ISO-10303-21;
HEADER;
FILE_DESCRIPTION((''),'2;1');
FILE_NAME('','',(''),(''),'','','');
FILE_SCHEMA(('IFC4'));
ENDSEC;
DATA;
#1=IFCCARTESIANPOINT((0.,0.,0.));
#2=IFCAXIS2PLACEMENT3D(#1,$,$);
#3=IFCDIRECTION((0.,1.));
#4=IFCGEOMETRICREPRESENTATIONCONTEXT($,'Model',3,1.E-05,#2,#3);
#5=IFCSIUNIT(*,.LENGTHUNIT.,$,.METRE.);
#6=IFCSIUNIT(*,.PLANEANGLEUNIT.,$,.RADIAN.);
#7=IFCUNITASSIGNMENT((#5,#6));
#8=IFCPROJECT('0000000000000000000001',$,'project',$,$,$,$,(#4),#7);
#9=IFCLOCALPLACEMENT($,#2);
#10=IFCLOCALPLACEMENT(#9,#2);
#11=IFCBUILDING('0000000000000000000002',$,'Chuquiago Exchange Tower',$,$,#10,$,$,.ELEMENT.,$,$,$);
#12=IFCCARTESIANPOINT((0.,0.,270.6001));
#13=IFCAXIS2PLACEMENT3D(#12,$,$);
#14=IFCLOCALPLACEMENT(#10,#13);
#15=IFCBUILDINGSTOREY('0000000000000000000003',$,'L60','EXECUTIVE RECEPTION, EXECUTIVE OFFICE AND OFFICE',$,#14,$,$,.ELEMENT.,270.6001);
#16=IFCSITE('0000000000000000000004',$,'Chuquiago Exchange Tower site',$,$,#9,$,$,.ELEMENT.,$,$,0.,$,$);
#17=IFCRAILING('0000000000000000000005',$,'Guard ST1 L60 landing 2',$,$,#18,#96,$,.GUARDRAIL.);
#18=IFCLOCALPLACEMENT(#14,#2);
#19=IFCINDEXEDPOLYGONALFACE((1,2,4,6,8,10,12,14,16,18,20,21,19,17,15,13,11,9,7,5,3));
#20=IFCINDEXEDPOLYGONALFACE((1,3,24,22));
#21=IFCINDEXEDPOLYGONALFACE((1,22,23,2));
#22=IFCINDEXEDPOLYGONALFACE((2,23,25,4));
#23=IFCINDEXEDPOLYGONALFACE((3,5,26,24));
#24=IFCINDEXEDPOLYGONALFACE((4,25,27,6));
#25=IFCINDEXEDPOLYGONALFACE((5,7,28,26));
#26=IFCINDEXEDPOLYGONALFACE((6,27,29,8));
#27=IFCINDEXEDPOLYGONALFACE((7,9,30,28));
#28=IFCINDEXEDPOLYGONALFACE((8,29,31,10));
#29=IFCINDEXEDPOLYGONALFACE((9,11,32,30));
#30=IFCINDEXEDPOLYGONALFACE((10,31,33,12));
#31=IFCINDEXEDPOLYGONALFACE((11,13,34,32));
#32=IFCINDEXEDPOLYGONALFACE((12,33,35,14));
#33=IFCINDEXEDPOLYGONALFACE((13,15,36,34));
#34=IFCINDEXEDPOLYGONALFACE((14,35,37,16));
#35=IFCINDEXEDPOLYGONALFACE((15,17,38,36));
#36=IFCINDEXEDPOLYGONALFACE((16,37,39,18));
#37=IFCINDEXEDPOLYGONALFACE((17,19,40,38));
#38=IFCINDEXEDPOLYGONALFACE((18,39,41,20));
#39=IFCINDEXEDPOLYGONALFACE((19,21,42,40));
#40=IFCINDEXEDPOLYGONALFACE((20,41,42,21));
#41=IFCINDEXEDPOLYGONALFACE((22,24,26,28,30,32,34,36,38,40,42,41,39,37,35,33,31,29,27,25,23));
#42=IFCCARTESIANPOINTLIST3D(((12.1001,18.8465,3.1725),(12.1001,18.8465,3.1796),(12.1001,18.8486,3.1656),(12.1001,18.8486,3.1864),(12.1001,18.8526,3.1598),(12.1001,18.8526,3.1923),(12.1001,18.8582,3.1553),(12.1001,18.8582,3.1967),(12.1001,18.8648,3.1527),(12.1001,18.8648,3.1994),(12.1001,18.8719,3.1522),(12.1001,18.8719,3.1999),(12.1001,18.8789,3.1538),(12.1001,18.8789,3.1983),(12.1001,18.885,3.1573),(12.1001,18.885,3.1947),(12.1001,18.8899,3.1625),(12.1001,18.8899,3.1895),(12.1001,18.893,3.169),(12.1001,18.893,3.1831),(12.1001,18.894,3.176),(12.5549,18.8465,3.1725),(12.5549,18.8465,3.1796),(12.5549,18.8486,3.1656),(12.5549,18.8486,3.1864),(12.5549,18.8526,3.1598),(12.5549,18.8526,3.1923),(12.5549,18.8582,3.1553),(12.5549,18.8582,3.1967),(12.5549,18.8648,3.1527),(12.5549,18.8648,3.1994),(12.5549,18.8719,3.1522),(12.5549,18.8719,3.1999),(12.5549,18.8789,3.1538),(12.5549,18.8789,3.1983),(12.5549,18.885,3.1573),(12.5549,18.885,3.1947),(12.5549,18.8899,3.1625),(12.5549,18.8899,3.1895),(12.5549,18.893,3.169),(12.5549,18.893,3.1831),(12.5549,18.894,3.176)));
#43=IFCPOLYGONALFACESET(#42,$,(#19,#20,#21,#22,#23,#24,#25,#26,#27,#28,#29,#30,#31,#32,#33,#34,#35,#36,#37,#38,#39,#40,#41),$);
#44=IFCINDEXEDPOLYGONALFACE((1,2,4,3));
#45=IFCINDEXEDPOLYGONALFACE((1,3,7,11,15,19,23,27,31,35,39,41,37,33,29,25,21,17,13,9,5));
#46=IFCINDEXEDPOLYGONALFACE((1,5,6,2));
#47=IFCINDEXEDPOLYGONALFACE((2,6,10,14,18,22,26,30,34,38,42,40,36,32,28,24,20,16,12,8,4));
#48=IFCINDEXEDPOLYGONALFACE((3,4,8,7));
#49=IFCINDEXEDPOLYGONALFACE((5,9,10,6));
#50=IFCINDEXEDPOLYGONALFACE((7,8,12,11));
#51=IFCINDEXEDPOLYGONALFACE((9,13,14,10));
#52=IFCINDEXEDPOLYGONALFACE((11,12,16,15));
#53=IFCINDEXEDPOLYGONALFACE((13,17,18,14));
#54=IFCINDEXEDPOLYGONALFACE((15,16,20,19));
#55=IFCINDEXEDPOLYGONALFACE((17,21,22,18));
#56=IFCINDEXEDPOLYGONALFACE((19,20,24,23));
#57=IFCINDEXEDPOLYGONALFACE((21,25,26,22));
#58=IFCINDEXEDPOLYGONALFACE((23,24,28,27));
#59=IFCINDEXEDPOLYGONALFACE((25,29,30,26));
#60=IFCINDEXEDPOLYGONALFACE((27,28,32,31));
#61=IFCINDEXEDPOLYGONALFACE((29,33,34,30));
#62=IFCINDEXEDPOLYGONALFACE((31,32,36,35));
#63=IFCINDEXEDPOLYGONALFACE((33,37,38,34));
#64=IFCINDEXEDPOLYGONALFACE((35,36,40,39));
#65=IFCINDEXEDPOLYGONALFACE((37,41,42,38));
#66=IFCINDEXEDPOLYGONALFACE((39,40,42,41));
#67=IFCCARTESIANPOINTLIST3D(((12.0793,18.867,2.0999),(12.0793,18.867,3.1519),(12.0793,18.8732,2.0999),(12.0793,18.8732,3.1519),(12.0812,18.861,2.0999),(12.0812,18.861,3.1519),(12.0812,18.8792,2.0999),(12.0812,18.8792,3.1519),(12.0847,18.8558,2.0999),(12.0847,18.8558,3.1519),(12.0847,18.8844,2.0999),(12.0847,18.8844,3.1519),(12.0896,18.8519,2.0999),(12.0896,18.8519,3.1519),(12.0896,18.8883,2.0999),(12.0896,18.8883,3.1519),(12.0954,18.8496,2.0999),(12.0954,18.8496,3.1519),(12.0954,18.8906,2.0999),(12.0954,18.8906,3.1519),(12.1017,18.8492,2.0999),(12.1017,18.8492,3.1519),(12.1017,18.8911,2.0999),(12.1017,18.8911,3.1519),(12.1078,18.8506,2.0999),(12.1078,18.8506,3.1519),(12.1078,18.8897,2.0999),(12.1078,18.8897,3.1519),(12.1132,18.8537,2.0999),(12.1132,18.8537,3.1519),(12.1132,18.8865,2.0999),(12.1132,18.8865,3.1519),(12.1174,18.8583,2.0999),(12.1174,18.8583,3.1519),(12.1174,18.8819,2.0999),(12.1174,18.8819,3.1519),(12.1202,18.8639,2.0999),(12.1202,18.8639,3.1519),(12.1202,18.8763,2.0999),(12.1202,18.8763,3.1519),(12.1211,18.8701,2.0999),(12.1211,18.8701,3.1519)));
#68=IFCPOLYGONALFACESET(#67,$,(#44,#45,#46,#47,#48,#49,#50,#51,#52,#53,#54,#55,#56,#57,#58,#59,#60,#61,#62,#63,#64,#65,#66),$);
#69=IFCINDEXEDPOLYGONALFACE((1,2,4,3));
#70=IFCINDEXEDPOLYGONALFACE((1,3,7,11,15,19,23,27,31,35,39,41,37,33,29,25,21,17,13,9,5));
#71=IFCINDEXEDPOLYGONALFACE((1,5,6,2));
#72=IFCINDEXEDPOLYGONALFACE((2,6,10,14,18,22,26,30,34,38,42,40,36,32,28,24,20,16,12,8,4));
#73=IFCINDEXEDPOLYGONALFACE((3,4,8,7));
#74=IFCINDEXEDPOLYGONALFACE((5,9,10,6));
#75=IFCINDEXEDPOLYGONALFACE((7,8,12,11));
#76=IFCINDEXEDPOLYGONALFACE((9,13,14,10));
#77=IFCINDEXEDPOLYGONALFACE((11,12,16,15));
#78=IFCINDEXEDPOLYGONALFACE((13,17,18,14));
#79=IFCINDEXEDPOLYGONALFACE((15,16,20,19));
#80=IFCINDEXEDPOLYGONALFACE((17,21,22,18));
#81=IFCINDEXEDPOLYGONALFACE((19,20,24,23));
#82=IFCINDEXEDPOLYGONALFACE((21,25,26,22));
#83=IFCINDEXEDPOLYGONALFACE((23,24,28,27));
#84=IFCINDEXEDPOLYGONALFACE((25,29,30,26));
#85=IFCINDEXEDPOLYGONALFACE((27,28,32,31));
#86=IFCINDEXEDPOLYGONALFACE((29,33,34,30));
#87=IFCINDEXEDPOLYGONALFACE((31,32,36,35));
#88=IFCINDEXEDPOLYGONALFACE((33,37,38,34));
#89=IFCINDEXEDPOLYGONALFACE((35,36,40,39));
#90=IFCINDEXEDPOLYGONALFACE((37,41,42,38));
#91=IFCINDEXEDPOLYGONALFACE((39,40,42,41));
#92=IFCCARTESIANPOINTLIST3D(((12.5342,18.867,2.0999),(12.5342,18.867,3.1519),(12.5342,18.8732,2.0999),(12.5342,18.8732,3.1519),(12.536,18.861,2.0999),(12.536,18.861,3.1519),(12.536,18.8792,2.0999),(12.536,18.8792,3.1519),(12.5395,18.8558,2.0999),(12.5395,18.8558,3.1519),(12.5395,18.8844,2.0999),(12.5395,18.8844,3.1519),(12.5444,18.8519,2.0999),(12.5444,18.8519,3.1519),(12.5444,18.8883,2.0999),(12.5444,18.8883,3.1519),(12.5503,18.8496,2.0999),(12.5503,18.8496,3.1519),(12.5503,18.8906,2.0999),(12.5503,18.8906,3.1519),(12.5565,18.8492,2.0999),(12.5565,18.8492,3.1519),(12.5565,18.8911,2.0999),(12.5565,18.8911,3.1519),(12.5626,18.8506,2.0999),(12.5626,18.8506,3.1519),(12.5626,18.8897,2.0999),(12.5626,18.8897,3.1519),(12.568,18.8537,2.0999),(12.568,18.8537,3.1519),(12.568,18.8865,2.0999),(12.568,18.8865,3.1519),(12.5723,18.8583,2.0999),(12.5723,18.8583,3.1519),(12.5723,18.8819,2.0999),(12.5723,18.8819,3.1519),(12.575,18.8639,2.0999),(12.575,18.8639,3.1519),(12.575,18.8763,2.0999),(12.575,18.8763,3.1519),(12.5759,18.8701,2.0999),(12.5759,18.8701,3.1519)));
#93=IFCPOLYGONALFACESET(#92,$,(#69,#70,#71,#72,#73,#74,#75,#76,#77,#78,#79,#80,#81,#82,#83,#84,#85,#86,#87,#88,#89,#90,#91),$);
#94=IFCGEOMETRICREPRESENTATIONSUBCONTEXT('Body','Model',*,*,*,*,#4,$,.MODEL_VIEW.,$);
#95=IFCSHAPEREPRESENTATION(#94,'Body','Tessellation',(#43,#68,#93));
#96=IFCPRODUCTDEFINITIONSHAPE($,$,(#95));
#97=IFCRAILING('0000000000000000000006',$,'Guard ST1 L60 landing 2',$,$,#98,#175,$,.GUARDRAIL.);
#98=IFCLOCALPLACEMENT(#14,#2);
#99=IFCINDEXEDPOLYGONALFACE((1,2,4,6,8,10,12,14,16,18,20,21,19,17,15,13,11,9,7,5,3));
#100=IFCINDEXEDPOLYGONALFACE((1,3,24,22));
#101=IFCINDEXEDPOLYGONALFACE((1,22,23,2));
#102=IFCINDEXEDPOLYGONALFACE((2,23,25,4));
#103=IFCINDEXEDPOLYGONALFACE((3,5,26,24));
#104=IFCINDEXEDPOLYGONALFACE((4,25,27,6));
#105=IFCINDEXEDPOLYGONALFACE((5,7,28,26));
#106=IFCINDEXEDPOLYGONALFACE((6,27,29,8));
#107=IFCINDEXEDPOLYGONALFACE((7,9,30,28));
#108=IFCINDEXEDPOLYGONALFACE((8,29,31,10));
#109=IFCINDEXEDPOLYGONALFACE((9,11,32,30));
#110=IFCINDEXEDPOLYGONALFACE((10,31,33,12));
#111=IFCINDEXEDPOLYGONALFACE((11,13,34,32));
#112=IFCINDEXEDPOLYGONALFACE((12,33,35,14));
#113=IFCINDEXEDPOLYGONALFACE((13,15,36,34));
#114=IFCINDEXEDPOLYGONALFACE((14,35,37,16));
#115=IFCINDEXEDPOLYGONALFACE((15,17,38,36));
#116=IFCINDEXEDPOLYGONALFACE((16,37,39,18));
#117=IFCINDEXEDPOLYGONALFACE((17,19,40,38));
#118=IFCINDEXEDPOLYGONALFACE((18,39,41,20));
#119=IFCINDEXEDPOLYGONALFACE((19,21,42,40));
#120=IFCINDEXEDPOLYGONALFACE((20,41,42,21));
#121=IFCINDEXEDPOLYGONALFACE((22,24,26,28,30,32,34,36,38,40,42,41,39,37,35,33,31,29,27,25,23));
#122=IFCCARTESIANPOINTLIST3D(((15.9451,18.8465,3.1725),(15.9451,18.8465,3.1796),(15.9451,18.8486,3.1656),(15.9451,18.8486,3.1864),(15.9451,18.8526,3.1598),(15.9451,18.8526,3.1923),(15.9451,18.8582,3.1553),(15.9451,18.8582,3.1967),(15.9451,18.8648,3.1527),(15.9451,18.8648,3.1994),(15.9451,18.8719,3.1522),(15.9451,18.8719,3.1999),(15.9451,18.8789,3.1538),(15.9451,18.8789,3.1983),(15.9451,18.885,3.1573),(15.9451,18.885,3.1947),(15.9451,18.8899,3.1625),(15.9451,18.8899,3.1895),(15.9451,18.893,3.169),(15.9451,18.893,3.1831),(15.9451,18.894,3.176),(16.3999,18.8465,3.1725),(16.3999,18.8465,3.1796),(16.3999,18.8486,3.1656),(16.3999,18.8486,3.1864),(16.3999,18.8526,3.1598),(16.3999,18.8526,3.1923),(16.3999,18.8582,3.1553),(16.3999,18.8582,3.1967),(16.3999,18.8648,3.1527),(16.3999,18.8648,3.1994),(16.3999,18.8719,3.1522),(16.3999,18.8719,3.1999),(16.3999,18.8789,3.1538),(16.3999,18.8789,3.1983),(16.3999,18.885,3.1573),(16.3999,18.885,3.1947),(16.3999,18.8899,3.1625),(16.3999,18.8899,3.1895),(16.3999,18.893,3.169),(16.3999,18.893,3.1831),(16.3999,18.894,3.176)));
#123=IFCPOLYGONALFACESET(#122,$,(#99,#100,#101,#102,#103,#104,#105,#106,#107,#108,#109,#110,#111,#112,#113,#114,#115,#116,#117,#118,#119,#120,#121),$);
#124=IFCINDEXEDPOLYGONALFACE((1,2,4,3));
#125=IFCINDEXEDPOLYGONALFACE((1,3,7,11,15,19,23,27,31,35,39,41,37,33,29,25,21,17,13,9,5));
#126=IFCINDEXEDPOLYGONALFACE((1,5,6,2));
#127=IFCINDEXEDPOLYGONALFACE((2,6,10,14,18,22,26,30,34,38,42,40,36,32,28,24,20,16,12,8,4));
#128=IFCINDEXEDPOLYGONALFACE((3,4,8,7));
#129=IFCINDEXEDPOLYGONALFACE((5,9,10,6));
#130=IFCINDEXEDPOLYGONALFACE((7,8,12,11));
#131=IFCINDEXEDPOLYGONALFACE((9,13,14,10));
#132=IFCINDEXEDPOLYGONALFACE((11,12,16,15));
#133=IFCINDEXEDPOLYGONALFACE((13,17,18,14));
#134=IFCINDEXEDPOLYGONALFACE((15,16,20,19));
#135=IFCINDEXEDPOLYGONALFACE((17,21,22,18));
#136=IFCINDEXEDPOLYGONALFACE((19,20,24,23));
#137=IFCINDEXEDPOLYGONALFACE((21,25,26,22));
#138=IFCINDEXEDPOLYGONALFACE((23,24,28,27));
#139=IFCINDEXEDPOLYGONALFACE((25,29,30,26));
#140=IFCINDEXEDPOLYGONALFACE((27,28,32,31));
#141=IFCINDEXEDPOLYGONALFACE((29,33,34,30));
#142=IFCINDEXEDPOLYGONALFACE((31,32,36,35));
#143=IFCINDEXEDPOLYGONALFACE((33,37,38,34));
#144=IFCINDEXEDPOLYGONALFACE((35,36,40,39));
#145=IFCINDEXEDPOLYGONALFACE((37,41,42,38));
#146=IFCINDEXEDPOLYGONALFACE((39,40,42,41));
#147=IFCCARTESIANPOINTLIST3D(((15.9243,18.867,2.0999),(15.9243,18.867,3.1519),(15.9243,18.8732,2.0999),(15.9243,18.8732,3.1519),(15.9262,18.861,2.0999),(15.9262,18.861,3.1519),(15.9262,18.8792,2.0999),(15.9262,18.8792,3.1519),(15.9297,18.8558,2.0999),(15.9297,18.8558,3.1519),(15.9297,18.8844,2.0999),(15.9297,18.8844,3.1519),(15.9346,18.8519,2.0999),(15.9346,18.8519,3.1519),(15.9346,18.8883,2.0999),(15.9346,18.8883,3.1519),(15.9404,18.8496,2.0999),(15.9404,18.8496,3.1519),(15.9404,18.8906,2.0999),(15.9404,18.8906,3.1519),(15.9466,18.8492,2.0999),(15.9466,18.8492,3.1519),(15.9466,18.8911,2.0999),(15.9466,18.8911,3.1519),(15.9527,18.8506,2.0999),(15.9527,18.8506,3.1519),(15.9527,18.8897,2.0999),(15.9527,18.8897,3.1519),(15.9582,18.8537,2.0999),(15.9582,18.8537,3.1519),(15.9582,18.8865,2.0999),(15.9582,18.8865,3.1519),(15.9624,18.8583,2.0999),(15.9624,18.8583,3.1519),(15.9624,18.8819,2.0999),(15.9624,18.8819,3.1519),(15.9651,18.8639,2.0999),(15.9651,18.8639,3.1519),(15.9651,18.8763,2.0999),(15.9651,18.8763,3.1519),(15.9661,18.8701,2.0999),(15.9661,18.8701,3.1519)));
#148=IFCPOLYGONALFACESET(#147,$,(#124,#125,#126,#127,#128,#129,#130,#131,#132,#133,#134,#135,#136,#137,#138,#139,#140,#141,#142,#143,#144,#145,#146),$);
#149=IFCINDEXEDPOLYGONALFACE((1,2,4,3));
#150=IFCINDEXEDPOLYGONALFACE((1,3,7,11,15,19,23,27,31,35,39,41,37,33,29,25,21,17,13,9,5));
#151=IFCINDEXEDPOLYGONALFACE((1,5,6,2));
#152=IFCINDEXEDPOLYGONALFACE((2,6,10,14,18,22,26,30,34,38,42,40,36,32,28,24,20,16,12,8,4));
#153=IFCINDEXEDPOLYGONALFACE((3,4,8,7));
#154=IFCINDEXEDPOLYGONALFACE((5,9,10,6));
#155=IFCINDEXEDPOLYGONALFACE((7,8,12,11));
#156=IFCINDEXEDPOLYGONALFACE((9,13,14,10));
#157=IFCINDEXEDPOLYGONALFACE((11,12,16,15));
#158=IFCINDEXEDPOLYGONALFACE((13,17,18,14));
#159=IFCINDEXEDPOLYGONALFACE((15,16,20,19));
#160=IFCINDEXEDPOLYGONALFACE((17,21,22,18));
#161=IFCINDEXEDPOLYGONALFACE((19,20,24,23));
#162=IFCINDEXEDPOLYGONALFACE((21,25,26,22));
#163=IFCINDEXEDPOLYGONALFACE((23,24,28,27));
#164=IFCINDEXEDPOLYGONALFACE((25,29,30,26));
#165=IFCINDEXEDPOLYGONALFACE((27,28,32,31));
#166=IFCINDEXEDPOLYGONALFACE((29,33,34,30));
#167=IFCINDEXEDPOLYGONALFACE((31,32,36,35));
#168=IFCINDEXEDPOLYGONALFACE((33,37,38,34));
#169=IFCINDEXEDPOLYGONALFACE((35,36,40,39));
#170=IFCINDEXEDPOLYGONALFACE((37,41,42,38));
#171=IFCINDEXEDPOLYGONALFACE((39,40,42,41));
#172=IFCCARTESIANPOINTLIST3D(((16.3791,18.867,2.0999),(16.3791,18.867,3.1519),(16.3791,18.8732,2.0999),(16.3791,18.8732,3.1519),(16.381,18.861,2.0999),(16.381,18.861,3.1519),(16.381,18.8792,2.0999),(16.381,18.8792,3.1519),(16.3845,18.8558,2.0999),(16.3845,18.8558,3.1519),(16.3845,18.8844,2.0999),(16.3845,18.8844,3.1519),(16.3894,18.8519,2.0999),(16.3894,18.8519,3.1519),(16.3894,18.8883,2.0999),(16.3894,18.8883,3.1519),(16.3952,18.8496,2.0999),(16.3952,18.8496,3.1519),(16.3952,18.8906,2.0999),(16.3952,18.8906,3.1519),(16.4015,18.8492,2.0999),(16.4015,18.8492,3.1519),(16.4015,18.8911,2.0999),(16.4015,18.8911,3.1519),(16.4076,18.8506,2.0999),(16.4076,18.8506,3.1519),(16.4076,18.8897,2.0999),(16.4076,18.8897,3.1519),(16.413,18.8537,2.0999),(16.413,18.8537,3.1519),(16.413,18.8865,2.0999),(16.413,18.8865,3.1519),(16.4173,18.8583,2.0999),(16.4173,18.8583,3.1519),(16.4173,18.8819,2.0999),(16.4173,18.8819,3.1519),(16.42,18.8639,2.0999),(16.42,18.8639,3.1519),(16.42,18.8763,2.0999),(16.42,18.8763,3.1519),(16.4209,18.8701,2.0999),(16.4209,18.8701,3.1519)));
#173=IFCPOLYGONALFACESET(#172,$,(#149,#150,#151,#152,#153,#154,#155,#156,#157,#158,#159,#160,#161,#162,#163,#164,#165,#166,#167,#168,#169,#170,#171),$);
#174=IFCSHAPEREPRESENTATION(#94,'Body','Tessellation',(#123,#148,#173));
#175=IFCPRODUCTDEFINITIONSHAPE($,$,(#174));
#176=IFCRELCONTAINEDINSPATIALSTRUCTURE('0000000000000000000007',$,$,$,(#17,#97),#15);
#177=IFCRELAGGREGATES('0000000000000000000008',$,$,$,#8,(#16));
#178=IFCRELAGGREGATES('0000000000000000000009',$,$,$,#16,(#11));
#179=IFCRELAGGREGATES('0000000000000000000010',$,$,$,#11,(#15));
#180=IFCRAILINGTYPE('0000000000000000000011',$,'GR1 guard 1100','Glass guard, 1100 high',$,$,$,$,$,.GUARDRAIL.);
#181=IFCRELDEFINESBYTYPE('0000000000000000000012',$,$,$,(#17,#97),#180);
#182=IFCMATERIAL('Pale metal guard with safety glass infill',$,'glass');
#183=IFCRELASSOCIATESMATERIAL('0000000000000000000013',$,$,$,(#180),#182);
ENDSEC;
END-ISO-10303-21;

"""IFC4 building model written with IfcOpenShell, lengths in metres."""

from ifc_helpers import new_model, si_unit, direction, frame, origin, origin_2d, place, context, subcontext, project, spatial, circle, extrude, material, type_object, element, save


model = new_model("IFC4")

# Units and contexts
model_context = context("Model", 3, precision=1e-05, world=origin(), true_north=direction((0.0, 1.0)))
body_context = subcontext(model_context, "Body", "Model", "MODEL_VIEW")
ifc_project = project(units=[si_unit("LENGTHUNIT", "METRE"), si_unit("PLANEANGLEUNIT", "RADIAN")], contexts=[model_context])

# Site, building, storey
site_placement = place(None, origin())
site = spatial("IfcSite", under=ifc_project, at=site_placement, Name="Chuquiago Exchange Tower site", CompositionType="ELEMENT", RefElevation=0.0)
building_placement = place(site_placement, origin())
building = spatial("IfcBuilding", under=site, at=building_placement, Name="Chuquiago Exchange Tower", CompositionType="ELEMENT")
storey_placement = place(building_placement, frame((0.0, 0.0, 270.6001)))
storey = spatial("IfcBuildingStorey", under=building, at=storey_placement, Name="L60", Description="EXECUTIVE RECEPTION, EXECUTIVE OFFICE AND OFFICE", CompositionType="ELEMENT", Elevation=270.6001)

# Railings
ifc_material_1 = material(Name="Pale metal guard with safety glass infill", Category="glass")
railing_type_1 = type_object("IfcRailingType", Name="GR1 guard 1100", Description="Glass guard, 1100 high", PredefinedType="GUARDRAIL", material=ifc_material_1)
for number, where, name in (
    (1, (12.1001, 18.8701, 2.0999), "Guard ST1 L60 landing 2"),
    (2, (15.9451, 18.8701, 2.0999), "Guard ST1 L60 landing 2"),
):
    element("IfcRailing", number, at=place(storey_placement, frame(where)), inside=storey, type_object=railing_type_1, Name=name, PredefinedType="GUARDRAIL", context=body_context, shape_type="SweptSolid", body=[
        extrude(circle(Radius=0.0239, at=origin_2d()), frame((0.0, 0.0, 1.0762), z_axis=(1.0, 0.0, 0.0), x_axis=(0.0, 1.0, 0.0)), (0.0, 0.0, 1.0), 0.4548),
        extrude(circle(Radius=0.021, at=origin_2d()), origin(), (0.0, 0.0, 1.0), 1.052),
        extrude(circle(Radius=0.021, at=origin_2d()), frame((0.4548, 0.0, 0.0)), (0.0, 0.0, 1.0), 1.052),
    ])

save(model, "model.ifc")
